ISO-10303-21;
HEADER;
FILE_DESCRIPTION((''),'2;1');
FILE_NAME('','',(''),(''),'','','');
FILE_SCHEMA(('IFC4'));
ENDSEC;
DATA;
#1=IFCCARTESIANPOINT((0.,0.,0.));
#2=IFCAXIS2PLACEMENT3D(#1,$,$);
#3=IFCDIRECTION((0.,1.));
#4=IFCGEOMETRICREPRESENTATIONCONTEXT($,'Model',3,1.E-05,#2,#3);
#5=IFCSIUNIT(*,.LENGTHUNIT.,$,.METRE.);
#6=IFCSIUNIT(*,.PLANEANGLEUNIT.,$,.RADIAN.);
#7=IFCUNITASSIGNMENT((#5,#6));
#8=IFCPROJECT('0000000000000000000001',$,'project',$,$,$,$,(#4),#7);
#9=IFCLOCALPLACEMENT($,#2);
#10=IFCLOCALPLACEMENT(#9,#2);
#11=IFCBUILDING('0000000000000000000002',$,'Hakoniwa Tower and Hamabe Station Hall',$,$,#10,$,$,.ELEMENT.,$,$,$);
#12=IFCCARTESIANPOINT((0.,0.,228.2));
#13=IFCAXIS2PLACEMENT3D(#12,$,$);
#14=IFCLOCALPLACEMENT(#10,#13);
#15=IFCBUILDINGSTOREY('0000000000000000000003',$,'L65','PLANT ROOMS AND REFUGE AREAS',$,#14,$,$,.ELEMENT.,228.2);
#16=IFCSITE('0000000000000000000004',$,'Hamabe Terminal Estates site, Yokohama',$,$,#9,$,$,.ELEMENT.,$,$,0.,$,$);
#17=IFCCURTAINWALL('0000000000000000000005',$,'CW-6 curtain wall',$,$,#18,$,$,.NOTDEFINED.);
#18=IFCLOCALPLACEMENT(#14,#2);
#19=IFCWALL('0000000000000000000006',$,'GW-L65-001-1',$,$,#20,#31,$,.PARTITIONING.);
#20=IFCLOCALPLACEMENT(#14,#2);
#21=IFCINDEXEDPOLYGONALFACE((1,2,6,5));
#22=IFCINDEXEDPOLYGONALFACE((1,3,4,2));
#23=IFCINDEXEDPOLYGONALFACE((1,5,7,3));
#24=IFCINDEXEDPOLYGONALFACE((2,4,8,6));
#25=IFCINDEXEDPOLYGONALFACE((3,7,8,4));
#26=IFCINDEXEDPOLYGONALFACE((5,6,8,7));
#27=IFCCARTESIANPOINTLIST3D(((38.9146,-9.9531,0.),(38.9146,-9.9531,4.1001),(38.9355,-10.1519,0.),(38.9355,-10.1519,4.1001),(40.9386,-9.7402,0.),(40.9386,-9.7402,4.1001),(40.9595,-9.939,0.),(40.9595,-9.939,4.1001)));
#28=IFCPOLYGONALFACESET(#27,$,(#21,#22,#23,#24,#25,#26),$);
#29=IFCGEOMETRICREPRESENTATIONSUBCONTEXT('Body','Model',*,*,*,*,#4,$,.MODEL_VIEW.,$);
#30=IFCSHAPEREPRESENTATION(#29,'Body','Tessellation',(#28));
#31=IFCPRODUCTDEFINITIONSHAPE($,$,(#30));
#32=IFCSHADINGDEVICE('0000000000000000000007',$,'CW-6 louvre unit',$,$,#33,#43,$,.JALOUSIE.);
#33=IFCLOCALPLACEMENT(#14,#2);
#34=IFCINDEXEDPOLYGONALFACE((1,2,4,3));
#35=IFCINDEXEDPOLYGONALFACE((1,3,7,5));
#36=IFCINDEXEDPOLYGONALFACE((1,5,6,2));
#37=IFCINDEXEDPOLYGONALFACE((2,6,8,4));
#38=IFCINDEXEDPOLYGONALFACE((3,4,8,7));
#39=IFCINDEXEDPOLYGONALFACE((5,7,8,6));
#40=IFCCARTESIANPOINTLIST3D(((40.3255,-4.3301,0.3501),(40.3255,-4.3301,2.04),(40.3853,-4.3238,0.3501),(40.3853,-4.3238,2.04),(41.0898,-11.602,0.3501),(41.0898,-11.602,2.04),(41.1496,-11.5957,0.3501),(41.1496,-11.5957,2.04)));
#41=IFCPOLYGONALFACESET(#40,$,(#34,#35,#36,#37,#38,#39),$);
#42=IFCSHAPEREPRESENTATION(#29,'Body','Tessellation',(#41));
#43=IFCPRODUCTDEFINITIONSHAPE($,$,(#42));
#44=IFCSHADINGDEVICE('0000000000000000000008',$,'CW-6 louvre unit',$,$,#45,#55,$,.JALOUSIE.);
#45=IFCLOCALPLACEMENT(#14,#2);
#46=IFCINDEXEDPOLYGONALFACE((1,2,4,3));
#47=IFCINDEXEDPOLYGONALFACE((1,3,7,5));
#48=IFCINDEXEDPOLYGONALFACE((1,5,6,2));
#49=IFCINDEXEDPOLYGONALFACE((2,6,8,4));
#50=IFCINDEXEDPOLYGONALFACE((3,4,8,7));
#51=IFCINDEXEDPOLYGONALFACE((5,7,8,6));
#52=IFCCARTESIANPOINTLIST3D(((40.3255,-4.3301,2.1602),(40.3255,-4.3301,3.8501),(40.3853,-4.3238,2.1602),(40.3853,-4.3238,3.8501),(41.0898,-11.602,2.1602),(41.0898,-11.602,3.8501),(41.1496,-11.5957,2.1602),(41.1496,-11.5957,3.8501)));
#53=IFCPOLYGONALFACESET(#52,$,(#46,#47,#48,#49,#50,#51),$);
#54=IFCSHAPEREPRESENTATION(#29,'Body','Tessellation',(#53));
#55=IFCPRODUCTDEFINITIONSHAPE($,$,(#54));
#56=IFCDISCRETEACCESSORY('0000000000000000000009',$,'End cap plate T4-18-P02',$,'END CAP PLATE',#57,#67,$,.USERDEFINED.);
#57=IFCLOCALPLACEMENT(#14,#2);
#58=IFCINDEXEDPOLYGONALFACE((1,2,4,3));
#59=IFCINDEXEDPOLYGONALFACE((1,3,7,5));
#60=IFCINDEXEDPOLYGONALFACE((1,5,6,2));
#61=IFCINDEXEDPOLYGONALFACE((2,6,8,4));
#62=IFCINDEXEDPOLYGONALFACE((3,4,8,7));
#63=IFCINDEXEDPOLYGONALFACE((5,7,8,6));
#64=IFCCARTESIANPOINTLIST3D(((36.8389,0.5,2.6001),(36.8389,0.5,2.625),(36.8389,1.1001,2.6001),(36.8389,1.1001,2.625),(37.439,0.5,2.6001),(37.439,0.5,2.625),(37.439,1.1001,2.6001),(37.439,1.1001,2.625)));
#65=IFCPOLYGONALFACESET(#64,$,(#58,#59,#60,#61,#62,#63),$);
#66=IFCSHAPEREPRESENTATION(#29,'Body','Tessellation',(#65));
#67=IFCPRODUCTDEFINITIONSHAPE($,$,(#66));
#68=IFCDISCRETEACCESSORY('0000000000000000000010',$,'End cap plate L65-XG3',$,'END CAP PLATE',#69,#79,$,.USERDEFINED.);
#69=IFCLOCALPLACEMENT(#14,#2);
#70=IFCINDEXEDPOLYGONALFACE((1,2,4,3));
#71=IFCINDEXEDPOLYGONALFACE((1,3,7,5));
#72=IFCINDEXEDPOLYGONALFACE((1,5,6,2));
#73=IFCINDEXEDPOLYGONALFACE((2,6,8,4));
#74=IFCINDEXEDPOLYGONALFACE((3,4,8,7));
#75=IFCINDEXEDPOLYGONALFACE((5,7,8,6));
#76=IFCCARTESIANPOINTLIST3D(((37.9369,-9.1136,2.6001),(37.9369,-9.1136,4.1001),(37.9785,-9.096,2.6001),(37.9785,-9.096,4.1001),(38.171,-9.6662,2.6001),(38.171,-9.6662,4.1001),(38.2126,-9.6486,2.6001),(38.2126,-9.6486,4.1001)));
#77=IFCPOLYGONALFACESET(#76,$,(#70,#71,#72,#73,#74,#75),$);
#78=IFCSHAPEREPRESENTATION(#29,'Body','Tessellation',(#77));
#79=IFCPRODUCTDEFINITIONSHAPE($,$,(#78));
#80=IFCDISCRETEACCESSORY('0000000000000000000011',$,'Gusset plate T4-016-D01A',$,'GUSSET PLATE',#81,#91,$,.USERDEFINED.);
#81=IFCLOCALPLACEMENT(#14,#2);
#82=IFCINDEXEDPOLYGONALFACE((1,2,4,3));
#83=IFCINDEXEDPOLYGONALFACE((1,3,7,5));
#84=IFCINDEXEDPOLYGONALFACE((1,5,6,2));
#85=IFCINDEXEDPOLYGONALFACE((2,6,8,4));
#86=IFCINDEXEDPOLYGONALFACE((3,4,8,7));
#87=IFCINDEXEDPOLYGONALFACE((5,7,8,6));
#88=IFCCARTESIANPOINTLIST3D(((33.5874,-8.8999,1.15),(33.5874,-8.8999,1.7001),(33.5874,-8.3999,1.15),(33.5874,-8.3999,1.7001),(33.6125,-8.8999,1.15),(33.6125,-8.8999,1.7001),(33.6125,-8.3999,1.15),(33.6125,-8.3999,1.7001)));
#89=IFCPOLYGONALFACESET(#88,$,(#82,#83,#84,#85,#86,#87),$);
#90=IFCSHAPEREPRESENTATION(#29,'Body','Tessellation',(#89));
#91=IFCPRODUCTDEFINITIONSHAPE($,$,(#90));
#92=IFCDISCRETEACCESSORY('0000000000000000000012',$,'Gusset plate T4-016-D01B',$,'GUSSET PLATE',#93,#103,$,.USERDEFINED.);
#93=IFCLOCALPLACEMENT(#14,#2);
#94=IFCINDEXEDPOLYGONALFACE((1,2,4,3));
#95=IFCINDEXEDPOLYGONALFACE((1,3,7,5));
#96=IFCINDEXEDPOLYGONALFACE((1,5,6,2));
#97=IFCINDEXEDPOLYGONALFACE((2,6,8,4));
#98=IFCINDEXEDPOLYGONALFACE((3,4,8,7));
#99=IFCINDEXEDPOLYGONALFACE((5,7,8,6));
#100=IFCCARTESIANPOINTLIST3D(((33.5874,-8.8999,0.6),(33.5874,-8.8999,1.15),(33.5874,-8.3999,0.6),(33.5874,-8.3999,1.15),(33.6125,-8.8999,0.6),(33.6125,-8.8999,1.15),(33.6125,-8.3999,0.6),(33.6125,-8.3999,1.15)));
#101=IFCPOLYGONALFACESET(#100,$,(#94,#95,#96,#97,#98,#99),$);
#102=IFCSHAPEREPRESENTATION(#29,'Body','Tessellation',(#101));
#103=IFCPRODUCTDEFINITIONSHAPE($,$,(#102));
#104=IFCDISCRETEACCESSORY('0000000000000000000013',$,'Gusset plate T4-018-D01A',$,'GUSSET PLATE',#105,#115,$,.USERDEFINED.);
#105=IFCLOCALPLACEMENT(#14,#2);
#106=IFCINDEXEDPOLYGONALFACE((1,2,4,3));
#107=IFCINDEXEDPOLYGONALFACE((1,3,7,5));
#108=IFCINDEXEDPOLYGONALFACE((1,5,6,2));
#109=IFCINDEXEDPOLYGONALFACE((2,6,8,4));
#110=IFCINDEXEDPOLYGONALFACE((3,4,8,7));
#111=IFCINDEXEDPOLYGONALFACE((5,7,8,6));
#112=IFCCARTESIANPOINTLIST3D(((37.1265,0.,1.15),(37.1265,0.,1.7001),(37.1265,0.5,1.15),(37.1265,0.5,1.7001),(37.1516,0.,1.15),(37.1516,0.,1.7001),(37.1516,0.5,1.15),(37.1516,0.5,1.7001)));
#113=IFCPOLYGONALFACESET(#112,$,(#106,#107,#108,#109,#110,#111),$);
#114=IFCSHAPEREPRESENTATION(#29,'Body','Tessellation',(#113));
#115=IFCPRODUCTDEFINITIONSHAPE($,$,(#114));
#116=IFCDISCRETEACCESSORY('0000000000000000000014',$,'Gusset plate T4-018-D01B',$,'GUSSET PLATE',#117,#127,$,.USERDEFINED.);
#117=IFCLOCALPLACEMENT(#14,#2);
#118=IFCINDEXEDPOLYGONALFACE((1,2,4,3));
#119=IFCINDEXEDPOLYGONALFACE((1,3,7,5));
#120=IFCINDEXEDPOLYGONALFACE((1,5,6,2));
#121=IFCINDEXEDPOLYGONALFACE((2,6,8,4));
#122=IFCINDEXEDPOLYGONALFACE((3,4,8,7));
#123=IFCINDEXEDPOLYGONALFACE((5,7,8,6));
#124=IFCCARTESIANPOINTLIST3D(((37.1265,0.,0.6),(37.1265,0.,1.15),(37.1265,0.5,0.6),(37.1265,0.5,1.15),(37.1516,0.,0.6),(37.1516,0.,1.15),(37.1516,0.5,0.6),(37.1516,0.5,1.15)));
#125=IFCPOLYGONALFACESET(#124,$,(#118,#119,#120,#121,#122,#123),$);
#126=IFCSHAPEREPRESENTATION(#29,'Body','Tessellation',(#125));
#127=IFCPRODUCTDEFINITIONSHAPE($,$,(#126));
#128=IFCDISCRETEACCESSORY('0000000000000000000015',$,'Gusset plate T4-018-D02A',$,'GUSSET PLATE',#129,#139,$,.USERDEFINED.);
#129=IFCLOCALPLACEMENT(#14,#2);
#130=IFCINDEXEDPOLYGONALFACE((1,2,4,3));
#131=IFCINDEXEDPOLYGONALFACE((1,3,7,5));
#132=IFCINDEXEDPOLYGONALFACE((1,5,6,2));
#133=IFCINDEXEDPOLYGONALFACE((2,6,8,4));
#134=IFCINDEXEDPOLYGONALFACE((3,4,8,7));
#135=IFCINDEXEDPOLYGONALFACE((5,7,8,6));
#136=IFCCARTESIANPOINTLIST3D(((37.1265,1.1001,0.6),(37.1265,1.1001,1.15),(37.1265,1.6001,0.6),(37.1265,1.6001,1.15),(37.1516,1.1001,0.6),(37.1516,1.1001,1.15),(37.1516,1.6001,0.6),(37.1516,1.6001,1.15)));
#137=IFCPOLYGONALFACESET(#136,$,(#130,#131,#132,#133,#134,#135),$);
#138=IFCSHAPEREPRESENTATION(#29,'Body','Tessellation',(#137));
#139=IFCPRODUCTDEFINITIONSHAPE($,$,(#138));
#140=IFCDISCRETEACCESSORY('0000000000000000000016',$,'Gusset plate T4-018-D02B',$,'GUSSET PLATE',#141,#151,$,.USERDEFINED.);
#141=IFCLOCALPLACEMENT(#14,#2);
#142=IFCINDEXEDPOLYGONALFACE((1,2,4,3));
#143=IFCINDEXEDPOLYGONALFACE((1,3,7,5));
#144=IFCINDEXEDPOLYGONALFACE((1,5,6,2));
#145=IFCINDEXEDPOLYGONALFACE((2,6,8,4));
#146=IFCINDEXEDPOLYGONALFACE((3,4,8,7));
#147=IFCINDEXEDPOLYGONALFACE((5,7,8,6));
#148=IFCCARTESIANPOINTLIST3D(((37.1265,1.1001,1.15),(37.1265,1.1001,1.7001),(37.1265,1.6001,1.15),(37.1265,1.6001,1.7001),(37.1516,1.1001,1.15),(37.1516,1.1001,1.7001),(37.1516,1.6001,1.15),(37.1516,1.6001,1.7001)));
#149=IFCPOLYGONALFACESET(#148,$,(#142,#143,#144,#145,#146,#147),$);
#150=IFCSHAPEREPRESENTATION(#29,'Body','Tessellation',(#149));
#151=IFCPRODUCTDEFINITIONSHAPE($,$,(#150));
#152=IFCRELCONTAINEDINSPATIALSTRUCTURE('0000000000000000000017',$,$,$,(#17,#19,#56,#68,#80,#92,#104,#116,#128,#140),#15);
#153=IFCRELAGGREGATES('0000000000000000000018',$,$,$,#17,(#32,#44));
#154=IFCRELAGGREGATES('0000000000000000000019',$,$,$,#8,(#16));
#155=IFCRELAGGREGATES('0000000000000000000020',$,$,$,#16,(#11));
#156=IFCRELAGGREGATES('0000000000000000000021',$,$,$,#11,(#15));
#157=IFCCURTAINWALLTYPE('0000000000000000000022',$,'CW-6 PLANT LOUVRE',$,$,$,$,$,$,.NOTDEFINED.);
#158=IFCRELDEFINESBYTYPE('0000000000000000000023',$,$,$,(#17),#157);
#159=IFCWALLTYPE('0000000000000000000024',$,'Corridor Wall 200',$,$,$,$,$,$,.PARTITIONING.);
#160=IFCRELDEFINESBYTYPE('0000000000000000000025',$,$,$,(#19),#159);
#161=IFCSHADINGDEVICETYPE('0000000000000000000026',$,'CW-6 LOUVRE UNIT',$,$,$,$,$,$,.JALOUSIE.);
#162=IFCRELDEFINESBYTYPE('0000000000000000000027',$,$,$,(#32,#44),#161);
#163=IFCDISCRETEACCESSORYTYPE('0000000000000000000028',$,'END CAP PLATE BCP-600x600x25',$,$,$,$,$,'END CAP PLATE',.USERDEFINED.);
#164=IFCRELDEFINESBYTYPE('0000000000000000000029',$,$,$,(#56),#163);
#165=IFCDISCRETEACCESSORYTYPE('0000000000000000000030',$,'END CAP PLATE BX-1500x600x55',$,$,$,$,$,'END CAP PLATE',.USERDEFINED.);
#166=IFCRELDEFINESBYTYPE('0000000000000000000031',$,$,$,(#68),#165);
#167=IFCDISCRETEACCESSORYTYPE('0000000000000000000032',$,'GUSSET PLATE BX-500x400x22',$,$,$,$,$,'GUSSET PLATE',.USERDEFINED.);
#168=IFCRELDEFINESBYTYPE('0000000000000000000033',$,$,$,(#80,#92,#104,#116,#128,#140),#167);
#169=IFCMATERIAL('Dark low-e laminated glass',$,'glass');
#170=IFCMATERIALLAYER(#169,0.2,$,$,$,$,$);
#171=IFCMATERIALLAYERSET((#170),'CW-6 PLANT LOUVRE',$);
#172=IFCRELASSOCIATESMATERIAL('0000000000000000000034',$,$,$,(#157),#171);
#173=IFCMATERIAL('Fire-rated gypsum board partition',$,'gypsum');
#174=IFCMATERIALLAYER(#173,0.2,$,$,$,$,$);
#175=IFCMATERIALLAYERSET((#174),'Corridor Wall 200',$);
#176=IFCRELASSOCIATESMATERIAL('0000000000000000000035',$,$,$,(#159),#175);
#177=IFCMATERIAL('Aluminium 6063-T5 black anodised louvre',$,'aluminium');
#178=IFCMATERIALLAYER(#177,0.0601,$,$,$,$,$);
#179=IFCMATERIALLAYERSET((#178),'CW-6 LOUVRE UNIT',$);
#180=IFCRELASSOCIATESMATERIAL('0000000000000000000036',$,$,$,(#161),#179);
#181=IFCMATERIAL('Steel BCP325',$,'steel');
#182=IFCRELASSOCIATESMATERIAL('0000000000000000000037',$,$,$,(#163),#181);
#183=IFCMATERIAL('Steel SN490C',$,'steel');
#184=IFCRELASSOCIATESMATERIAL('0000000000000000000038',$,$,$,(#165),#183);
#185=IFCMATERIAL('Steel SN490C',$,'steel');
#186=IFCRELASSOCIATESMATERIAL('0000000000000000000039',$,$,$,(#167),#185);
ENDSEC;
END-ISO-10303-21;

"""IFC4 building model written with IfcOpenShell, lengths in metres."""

from ifc_helpers import new_model, si_unit, direction, frame, frame_2d, origin, origin_2d, place, context, subcontext, project, spatial, rectangle, extrude, material, layer, layer_set, material_profile, profile_set, type_object, element, aggregate, save


model = new_model("IFC4")

# Units and contexts
model_context = context("Model", 3, precision=1e-05, world=origin(), true_north=direction((0.0, 1.0)))
body_context = subcontext(model_context, "Body", "Model", "MODEL_VIEW")
ifc_project = project(units=[si_unit("LENGTHUNIT", "METRE"), si_unit("PLANEANGLEUNIT", "RADIAN")], contexts=[model_context])

# Site, building, storey
site_placement = place(None, origin())
site = spatial("IfcSite", under=ifc_project, at=site_placement, Name="Hamabe Terminal Estates site, Yokohama", CompositionType="ELEMENT", RefElevation=0.0)
building_placement = place(site_placement, origin())
building = spatial("IfcBuilding", under=site, at=building_placement, Name="Hakoniwa Tower and Hamabe Station Hall", CompositionType="ELEMENT")
storey_placement = place(building_placement, frame((0.0, 0.0, 228.2)))
storey = spatial("IfcBuildingStorey", under=building, at=storey_placement, Name="L65", Description="PLANT ROOMS AND REFUGE AREAS", CompositionType="ELEMENT", Elevation=228.2)

# Curtain wall
ifc_material_1 = material(Name="Dark low-e laminated glass", Category="glass")
ifc_layer_1 = layer(ifc_material_1, 0.2)
ifc_layer_set_1 = layer_set([ifc_layer_1], Name="CW-6 PLANT LOUVRE")
curtain_wall_type = type_object("IfcCurtainWallType", Name="CW-6 PLANT LOUVRE", PredefinedType="NOTDEFINED", material=ifc_layer_set_1)
curtain_wall_placement = place(storey_placement, origin())
curtain_wall = element("IfcCurtainWall", 1, at=curtain_wall_placement, inside=storey, type_object=curtain_wall_type, Name="CW-6 curtain wall", PredefinedType="NOTDEFINED")

# Wall
ifc_material_2 = material(Name="Fire-rated gypsum board partition", Category="gypsum")
ifc_layer_2 = layer(ifc_material_2, 0.2)
ifc_layer_set_2 = layer_set([ifc_layer_2], Name="Corridor Wall 200")
wall_type = type_object("IfcWallType", Name="Corridor Wall 200", PredefinedType="PARTITIONING", material=ifc_layer_set_2)
wall_placement = place(storey_placement, frame((38.925, -10.0525, 0.0), z_axis=(0.0, 0.0, 1.0), x_axis=(0.994513, 0.10461, 0.0)))
element("IfcWall", 2, at=wall_placement, inside=storey, type_object=wall_type, Name="GW-L65-001-1", PredefinedType="PARTITIONING", context=body_context, shape_type="SweptSolid", body=[
    extrude(rectangle(XDim=2.0352, YDim=0.2, at=frame_2d((1.0176, 0.0))), origin(), (0.0, 0.0, 1.0), 4.1001),
])

# Shading devices
ifc_material_3 = material(Name="Aluminium 6063-T5 black anodised louvre", Category="aluminium")
ifc_layer_3 = layer(ifc_material_3, 0.0601)
ifc_layer_set_3 = layer_set([ifc_layer_3], Name="CW-6 LOUVRE UNIT")
shading_device_type = type_object("IfcShadingDeviceType", Name="CW-6 LOUVRE UNIT", PredefinedType="JALOUSIE", material=ifc_layer_set_3)
shading_device_1_placement = place(storey_placement, frame((40.7375, -7.9629, 0.3501), z_axis=(0.0, 0.0, 1.0), x_axis=(-0.104528, 0.994522, 0.0)))
shading_device_1 = element("IfcShadingDevice", 3, at=shading_device_1_placement, type_object=shading_device_type, Name="CW-6 louvre unit", PredefinedType="JALOUSIE", context=body_context, shape_type="SweptSolid", body=[
    extrude(rectangle(XDim=7.312, YDim=0.0601, at=origin_2d()), origin(), (0.0, 0.0, 1.0), 1.6899),
])
shading_device_2_placement = place(storey_placement, frame((40.7375, -7.9629, 2.1602), z_axis=(0.0, 0.0, 1.0), x_axis=(-0.104528, 0.994522, 0.0)))
shading_device_2 = element("IfcShadingDevice", 4, at=shading_device_2_placement, type_object=shading_device_type, Name="CW-6 louvre unit", PredefinedType="JALOUSIE", context=body_context, shape_type="SweptSolid", body=[
    extrude(rectangle(XDim=7.312, YDim=0.0601, at=origin_2d()), origin(), (0.0, 0.0, 1.0), 1.6899),
])
aggregate(curtain_wall, [shading_device_1, shading_device_2])

# Discrete accessories
ifc_material_4 = material(Name="Steel BCP325", Category="steel")
ifc_material_profile_1 = material_profile(ifc_material_4, rectangle(XDim=0.6001, YDim=0.6001, at=origin_2d()), Name="END CAP PLATE BCP-600x600x25")
ifc_profile_set_1 = profile_set([ifc_material_profile_1], Name="Steel BCP325")
discrete_accessory_type_1 = type_object("IfcDiscreteAccessoryType", Name="END CAP PLATE BCP-600x600x25", ElementType="END CAP PLATE", PredefinedType="USERDEFINED", material=ifc_profile_set_1)
discrete_accessory_1_placement = place(storey_placement, frame((37.1389, 0.8, 2.6001), z_axis=(0.0, 0.0, 1.0), x_axis=(1.0, 0.0, 0.0)))
element("IfcDiscreteAccessory", 5, at=discrete_accessory_1_placement, inside=storey, type_object=discrete_accessory_type_1, Name="End cap plate T4-18-P02", ObjectType="END CAP PLATE", PredefinedType="USERDEFINED", context=body_context, shape_type="SweptSolid", body=[
    extrude(rectangle(XDim=0.6001, YDim=0.6001, at=origin_2d()), origin(), (0.0, 0.0, 1.0), 0.0249),
])
ifc_material_5 = material(Name="Steel SN490C", Category="steel")
ifc_material_profile_2 = material_profile(ifc_material_5, rectangle(XDim=0.6001, YDim=1.5, at=origin_2d()), Name="END CAP PLATE BX-1500x600x55")
ifc_profile_set_2 = profile_set([ifc_material_profile_2], Name="Steel SN490C")
discrete_accessory_type_2 = type_object("IfcDiscreteAccessoryType", Name="END CAP PLATE BX-1500x600x55", ElementType="END CAP PLATE", PredefinedType="USERDEFINED", material=ifc_profile_set_2)
discrete_accessory_2_placement = place(storey_placement, frame((38.054, -9.3899, 3.3501), z_axis=(0.920818, 0.389993, 0.0), x_axis=(-0.389993, 0.920818, 0.0)))
element("IfcDiscreteAccessory", 6, at=discrete_accessory_2_placement, inside=storey, type_object=discrete_accessory_type_2, Name="End cap plate L65-XG3", ObjectType="END CAP PLATE", PredefinedType="USERDEFINED", context=body_context, shape_type="SweptSolid", body=[
    extrude(rectangle(XDim=0.6001, YDim=1.5, at=origin_2d()), origin(), (0.0, 0.0, 1.0), 0.0452),
])
ifc_material_6 = material(Name="Steel SN490C", Category="steel")
ifc_material_profile_3 = material_profile(ifc_material_6, rectangle(XDim=0.5, YDim=0.55, at=origin_2d()), Name="GUSSET PLATE BX-500x400x22")
ifc_profile_set_3 = profile_set([ifc_material_profile_3], Name="Steel SN490C")
discrete_accessory_type_3 = type_object("IfcDiscreteAccessoryType", Name="GUSSET PLATE BX-500x400x22", ElementType="GUSSET PLATE", PredefinedType="USERDEFINED", material=ifc_profile_set_3)
for number, where, z_axis, x_axis, name in (
    (7, (33.6125, -8.6499, 1.425), (-1.0, 0.0, 0.0), (0.0, -1.0, 0.0), "Gusset plate T4-016-D01A"),
    (8, (33.6125, -8.6499, 0.875), (-1.0, 0.0, 0.0), (0.0, -1.0, 0.0), "Gusset plate T4-016-D01B"),
    (9, (37.1516, 0.25, 1.425), (-1.0, 0.0, 0.0), (0.0, -1.0, 0.0), "Gusset plate T4-018-D01A"),
    (10, (37.1516, 0.25, 0.875), (-1.0, 0.0, 0.0), (0.0, -1.0, 0.0), "Gusset plate T4-018-D01B"),
    (11, (37.1516, 1.3501, 0.875), (-1.0, 0.0, 0.0), (0.0, -1.0, 0.0), "Gusset plate T4-018-D02A"),
    (12, (37.1516, 1.3501, 1.425), (-1.0, 0.0, 0.0), (0.0, -1.0, 0.0), "Gusset plate T4-018-D02B"),
):
    element("IfcDiscreteAccessory", number, at=place(storey_placement, frame(where, z_axis=z_axis, x_axis=x_axis)), inside=storey, type_object=discrete_accessory_type_3, Name=name, ObjectType="GUSSET PLATE", PredefinedType="USERDEFINED", context=body_context, shape_type="SweptSolid", body=[
        extrude(rectangle(XDim=0.5, YDim=0.55, at=origin_2d()), origin(), (0.0, 0.0, 1.0), 0.0251),
    ])

save(model, "model.ifc")
